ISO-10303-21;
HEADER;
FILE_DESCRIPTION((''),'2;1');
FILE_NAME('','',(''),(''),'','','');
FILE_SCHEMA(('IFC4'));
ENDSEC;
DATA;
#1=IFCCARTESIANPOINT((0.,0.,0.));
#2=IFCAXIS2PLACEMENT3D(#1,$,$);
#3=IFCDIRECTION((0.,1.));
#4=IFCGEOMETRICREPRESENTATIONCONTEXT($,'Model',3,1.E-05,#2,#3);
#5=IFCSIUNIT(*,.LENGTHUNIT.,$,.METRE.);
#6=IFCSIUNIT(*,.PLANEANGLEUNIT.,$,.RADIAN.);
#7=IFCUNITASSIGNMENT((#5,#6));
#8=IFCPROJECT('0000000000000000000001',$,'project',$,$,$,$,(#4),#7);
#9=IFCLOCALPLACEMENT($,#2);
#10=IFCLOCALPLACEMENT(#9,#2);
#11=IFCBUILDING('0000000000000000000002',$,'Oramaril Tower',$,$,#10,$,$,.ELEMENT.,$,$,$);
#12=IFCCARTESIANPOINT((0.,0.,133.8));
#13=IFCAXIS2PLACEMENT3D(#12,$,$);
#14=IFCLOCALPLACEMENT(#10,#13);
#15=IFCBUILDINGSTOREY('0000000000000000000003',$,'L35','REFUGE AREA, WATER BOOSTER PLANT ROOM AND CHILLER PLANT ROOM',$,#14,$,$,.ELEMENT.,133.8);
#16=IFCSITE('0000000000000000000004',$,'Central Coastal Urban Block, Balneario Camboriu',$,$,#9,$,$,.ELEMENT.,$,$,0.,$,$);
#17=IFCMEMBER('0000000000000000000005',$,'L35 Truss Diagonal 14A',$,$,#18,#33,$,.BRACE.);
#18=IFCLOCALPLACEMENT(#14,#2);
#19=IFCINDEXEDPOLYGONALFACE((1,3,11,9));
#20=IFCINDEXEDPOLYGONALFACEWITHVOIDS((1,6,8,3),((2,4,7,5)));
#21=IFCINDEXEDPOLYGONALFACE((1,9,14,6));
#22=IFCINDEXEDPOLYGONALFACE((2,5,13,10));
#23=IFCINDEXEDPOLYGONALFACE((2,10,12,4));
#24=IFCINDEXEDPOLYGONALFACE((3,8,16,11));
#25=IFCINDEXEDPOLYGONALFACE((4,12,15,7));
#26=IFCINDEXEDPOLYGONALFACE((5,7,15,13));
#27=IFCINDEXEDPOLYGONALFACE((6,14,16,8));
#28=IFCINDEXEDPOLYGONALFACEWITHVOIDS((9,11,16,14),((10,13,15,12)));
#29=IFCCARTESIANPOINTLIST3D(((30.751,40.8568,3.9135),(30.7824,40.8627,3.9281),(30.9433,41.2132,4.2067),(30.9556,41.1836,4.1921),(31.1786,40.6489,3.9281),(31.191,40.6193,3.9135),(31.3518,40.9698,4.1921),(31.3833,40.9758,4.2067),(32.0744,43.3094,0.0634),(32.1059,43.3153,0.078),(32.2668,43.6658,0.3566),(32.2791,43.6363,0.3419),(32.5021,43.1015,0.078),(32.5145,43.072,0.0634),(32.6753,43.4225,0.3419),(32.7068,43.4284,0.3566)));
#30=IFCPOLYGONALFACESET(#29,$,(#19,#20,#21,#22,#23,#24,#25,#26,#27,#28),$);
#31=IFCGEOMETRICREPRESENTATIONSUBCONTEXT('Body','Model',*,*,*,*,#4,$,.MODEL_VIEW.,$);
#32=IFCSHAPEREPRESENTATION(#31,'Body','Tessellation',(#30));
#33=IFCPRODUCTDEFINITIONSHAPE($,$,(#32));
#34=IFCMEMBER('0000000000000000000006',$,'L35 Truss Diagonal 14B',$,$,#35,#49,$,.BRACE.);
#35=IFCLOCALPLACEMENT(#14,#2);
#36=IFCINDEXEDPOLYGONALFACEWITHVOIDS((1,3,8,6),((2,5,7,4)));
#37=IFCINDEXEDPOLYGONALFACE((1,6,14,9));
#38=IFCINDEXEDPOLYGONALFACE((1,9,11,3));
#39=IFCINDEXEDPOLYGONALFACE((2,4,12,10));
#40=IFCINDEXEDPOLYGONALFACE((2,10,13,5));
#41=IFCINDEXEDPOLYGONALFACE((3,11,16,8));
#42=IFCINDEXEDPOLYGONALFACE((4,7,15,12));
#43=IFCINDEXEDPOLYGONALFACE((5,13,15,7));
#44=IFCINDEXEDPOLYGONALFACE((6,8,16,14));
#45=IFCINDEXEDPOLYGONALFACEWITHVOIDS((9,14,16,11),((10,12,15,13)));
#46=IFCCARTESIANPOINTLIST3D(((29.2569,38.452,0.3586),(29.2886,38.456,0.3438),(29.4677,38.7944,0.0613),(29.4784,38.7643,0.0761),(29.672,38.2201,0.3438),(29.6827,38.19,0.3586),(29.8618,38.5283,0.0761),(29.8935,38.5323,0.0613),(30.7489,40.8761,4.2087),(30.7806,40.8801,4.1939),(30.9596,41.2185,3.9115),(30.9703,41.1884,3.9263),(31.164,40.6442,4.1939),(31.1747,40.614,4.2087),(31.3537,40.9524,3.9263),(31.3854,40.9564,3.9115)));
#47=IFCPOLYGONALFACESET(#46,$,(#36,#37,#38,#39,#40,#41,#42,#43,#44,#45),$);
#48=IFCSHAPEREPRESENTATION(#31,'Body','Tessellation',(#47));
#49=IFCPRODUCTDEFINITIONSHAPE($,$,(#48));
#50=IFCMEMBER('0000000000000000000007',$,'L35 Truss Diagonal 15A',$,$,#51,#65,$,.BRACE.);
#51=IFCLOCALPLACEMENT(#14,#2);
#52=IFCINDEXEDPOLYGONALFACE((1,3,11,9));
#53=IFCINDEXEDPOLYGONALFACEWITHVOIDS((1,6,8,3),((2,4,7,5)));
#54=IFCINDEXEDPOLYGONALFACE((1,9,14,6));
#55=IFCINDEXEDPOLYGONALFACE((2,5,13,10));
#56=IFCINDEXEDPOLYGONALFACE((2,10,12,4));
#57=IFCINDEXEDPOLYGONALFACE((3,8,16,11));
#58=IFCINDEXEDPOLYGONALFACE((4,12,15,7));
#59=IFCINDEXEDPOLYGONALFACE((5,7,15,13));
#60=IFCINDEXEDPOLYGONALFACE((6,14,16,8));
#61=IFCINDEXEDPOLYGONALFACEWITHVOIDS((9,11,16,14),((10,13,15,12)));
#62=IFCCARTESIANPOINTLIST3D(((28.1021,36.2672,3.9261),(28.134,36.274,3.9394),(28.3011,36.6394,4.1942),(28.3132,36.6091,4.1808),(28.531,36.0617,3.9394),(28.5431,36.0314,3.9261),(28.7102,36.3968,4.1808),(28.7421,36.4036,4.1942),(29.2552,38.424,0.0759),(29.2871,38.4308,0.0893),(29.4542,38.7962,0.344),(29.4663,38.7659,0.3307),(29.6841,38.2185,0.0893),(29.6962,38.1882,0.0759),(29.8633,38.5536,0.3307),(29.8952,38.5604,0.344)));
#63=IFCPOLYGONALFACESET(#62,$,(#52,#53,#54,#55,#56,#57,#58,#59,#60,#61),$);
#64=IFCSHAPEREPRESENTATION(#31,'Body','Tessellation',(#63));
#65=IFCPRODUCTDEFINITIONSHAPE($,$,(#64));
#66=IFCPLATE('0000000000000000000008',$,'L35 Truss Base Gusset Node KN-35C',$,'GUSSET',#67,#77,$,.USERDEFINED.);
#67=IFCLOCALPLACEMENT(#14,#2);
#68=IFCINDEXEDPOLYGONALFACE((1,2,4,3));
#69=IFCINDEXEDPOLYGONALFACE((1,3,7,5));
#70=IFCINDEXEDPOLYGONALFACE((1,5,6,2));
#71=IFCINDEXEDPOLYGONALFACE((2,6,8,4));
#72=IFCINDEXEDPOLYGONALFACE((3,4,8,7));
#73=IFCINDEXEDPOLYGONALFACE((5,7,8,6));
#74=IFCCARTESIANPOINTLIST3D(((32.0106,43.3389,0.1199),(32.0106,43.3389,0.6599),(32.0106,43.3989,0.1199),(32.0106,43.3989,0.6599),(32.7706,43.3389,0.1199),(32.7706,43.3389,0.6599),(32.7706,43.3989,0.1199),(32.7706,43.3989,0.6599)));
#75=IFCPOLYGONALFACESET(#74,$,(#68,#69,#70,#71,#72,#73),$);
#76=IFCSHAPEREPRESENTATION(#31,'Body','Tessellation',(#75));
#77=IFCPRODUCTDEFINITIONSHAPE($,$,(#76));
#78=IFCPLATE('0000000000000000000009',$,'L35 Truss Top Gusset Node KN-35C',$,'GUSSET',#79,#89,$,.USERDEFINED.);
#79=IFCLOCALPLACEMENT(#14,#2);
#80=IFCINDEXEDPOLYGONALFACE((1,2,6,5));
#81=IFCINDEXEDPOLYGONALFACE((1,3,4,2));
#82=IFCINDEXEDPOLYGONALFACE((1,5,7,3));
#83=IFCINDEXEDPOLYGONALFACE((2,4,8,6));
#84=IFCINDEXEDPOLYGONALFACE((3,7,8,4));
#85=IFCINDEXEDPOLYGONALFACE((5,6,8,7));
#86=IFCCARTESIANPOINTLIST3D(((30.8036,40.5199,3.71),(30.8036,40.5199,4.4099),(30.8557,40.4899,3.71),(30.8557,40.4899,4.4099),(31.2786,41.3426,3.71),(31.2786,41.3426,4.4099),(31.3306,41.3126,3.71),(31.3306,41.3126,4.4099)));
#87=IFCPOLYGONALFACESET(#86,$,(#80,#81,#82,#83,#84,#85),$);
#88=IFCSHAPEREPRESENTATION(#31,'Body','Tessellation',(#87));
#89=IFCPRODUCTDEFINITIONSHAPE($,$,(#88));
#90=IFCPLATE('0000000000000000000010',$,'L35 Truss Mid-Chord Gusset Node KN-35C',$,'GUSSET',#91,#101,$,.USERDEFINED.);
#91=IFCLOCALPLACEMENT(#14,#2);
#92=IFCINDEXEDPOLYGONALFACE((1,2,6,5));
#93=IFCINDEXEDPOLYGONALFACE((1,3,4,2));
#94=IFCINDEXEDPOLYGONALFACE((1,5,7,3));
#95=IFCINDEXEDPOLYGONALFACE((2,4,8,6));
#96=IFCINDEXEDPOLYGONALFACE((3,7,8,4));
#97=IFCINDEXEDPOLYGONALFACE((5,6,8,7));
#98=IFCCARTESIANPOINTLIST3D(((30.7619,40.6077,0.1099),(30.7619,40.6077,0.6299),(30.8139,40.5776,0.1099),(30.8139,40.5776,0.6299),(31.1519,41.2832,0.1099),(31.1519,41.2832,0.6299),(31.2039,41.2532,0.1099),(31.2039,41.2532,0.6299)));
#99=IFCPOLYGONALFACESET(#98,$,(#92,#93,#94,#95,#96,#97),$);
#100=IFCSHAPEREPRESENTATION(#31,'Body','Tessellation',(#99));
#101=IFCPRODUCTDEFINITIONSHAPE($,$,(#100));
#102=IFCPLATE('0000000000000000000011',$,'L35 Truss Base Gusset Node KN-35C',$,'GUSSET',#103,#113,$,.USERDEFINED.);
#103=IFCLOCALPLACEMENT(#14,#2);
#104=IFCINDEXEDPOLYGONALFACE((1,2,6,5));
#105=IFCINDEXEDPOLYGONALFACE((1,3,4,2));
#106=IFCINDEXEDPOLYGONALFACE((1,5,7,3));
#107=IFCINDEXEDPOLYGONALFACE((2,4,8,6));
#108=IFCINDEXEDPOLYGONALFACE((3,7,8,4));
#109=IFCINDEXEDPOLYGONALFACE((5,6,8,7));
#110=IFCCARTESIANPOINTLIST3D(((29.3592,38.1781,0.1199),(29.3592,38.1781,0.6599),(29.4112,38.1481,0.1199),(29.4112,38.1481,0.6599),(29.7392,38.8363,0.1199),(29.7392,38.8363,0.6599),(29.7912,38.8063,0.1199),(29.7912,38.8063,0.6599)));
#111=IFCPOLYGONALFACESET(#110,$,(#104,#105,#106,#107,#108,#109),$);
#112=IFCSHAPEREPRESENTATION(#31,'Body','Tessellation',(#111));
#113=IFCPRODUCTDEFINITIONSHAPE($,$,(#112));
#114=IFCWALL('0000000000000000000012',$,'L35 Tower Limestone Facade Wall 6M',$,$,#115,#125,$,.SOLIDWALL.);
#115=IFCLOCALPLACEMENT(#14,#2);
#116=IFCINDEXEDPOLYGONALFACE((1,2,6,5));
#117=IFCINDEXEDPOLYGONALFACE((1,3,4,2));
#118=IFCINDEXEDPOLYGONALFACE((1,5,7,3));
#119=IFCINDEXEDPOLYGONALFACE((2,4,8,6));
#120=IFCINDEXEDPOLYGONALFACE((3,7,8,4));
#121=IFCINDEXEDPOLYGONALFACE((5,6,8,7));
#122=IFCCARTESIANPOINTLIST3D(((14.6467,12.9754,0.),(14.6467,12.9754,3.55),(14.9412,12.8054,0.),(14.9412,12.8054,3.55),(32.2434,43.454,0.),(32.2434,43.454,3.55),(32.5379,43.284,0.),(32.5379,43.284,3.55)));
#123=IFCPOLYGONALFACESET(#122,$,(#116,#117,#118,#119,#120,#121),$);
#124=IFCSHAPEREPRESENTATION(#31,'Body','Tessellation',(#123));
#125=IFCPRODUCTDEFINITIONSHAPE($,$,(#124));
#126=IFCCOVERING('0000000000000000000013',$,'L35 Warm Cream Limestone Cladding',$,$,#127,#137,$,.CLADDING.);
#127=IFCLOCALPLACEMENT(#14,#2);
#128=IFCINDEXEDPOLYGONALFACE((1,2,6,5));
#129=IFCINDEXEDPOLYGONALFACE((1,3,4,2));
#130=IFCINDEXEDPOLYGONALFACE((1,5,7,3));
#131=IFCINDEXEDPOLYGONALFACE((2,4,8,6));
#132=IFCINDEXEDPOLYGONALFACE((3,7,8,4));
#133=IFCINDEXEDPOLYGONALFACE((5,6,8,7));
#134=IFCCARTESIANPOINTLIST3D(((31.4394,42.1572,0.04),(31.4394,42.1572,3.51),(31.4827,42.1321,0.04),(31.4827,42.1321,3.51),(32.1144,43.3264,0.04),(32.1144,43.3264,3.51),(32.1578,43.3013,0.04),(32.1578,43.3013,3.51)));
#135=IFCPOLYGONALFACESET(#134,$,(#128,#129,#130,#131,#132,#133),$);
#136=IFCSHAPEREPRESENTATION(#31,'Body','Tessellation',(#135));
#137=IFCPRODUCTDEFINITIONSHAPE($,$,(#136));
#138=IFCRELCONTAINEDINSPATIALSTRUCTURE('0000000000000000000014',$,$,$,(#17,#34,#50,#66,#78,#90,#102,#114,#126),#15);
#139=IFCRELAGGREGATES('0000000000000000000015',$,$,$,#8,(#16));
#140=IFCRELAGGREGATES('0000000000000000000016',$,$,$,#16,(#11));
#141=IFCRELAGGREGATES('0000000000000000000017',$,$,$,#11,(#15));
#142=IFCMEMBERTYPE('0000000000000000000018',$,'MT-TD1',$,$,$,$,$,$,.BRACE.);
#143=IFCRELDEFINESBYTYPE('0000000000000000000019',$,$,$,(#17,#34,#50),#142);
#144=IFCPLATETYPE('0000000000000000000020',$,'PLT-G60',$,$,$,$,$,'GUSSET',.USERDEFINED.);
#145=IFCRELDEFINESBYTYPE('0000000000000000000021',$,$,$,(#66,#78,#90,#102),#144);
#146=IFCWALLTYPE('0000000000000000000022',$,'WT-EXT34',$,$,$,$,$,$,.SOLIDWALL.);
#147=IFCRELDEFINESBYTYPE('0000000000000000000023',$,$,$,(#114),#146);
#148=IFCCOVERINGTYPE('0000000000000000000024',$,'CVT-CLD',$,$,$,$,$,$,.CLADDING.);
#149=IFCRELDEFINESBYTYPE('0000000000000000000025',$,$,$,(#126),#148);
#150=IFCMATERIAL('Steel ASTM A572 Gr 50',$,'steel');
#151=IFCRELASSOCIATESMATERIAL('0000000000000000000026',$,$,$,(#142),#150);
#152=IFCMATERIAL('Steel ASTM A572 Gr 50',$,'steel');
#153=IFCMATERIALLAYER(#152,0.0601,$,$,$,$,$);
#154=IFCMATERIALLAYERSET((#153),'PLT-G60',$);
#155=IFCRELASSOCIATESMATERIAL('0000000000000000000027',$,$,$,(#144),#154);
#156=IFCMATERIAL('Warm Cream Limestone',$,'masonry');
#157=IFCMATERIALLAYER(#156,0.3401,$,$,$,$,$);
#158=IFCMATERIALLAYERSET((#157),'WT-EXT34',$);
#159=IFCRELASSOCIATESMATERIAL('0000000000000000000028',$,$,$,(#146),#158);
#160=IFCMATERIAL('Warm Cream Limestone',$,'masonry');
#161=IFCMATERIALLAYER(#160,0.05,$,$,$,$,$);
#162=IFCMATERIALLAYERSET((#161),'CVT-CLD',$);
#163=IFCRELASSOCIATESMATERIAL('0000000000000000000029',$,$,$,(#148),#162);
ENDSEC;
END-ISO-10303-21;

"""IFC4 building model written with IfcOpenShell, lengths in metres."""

from ifc_helpers import new_model, si_unit, direction, frame, frame_2d, origin, origin_2d, place, context, subcontext, project, spatial, rectangle, hollow_rectangle, extrude, material, layer, layer_set, material_profile, profile_set, type_object, element, save


model = new_model("IFC4")

# Units and contexts
model_context = context("Model", 3, precision=1e-05, world=origin(), true_north=direction((0.0, 1.0)))
body_context = subcontext(model_context, "Body", "Model", "MODEL_VIEW")
ifc_project = project(units=[si_unit("LENGTHUNIT", "METRE"), si_unit("PLANEANGLEUNIT", "RADIAN")], contexts=[model_context])

# Site, building, storey
site_placement = place(None, origin())
site = spatial("IfcSite", under=ifc_project, at=site_placement, Name="Central Coastal Urban Block, Balneario Camboriu", CompositionType="ELEMENT", RefElevation=0.0)
building_placement = place(site_placement, origin())
building = spatial("IfcBuilding", under=site, at=building_placement, Name="Oramaril Tower", CompositionType="ELEMENT")
storey_placement = place(building_placement, frame((0.0, 0.0, 133.8)))
storey = spatial("IfcBuildingStorey", under=building, at=storey_placement, Name="L35", Description="REFUGE AREA, WATER BOOSTER PLANT ROOM AND CHILLER PLANT ROOM", CompositionType="ELEMENT", Elevation=133.8)

# Members
ifc_material_1 = material(Name="Steel ASTM A572 Gr 50", Category="steel")
ifc_material_profile_1 = material_profile(ifc_material_1, hollow_rectangle(XDim=0.5, YDim=0.5, WallThickness=0.0249, at=origin_2d()), Name="HSS500X500X25")
ifc_profile_set_1 = profile_set([ifc_material_profile_1], Name="Steel ASTM A572 Gr 50")
member_type_1 = type_object("IfcMemberType", Name="MT-TD1", PredefinedType="BRACE", material=ifc_profile_set_1)
member_1_placement = place(storey_placement, frame((32.3906, 43.3689, 0.21), z_axis=(-0.278457, -0.516027, 0.810048), x_axis=(0.880046, -0.474888, 0.0)))
element("IfcMember", 1, at=member_1_placement, inside=storey, type_object=member_type_1, Name="L35 Truss Diagonal 14A", PredefinedType="BRACE", context=body_context, shape_type="SweptSolid", body=[
    extrude(hollow_rectangle(XDim=0.5, YDim=0.5, WallThickness=0.0249, at=origin_2d()), origin(), (0.0, 0.0, 1.0), 4.7529),
])
member_2_placement = place(storey_placement, frame((29.5752, 38.4922, 0.21), z_axis=(0.311598, 0.506277, 0.804108), x_axis=(-0.851626, 0.52415, 0.0)))
element("IfcMember", 2, at=member_2_placement, inside=storey, type_object=member_type_1, Name="L35 Truss Diagonal 14B", PredefinedType="BRACE", context=body_context, shape_type="SweptSolid", body=[
    extrude(hollow_rectangle(XDim=0.5, YDim=0.5, WallThickness=0.0249, at=origin_2d()), origin(), (0.0, 0.0, 1.0), 4.7881),
])
member_3_placement = place(storey_placement, frame((29.5752, 38.4922, 0.21), z_axis=(-0.252802, -0.472847, 0.844101), x_axis=(0.881874, -0.471484, 0.0)))
element("IfcMember", 3, at=member_3_placement, inside=storey, type_object=member_type_1, Name="L35 Truss Diagonal 15A", PredefinedType="BRACE", context=body_context, shape_type="SweptSolid", body=[
    extrude(hollow_rectangle(XDim=0.5, YDim=0.5, WallThickness=0.0249, at=origin_2d()), origin(), (0.0, 0.0, 1.0), 4.5613),
])

# Plates
ifc_material_2 = material(Name="Steel ASTM A572 Gr 50", Category="steel")
ifc_layer_1 = layer(ifc_material_2, 0.0601)
ifc_layer_set_1 = layer_set([ifc_layer_1], Name="PLT-G60")
plate_type = type_object("IfcPlateType", Name="PLT-G60", ElementType="GUSSET", PredefinedType="USERDEFINED", material=ifc_layer_set_1)
plate_1_placement = place(storey_placement, frame((32.3906, 43.3689, 0.1199), z_axis=(0.0, 0.0, 1.0), x_axis=(-1.0, 0.0, 0.0)))
element("IfcPlate", 4, at=plate_1_placement, inside=storey, type_object=plate_type, Name="L35 Truss Base Gusset Node KN-35C", ObjectType="GUSSET", PredefinedType="USERDEFINED", context=body_context, shape_type="SweptSolid", body=[
    extrude(rectangle(XDim=0.76, YDim=0.0601, at=origin_2d()), origin(), (0.0, 0.0, 1.0), 0.54),
])
plate_2_placement = place(storey_placement, frame((31.0671, 40.9163, 3.71), z_axis=(0.0, 0.0, 1.0), x_axis=(-0.500008, -0.866021, 0.0)))
element("IfcPlate", 5, at=plate_2_placement, inside=storey, type_object=plate_type, Name="L35 Truss Top Gusset Node KN-35C", ObjectType="GUSSET", PredefinedType="USERDEFINED", context=body_context, shape_type="SweptSolid", body=[
    extrude(rectangle(XDim=0.95, YDim=0.0601, at=origin_2d()), origin(), (0.0, 0.0, 1.0), 0.7),
])
plate_3_placement = place(storey_placement, frame((30.9829, 40.9304, 0.1099), z_axis=(0.0, 0.0, 1.0), x_axis=(-0.500008, -0.866021, 0.0)))
element("IfcPlate", 6, at=plate_3_placement, inside=storey, type_object=plate_type, Name="L35 Truss Mid-Chord Gusset Node KN-35C", ObjectType="GUSSET", PredefinedType="USERDEFINED", context=body_context, shape_type="SweptSolid", body=[
    extrude(rectangle(XDim=0.78, YDim=0.0601, at=origin_2d()), origin(), (0.0, 0.0, 1.0), 0.52),
])
plate_4_placement = place(storey_placement, frame((29.5752, 38.4922, 0.1199), z_axis=(0.0, 0.0, 1.0), x_axis=(-0.500008, -0.866021, 0.0)))
element("IfcPlate", 7, at=plate_4_placement, inside=storey, type_object=plate_type, Name="L35 Truss Base Gusset Node KN-35C", ObjectType="GUSSET", PredefinedType="USERDEFINED", context=body_context, shape_type="SweptSolid", body=[
    extrude(rectangle(XDim=0.76, YDim=0.0601, at=origin_2d()), origin(), (0.0, 0.0, 1.0), 0.54),
])

# Wall
ifc_material_3 = material(Name="Warm Cream Limestone", Category="masonry")
ifc_layer_2 = layer(ifc_material_3, 0.3401)
ifc_layer_set_2 = layer_set([ifc_layer_2], Name="WT-EXT34")
wall_type = type_object("IfcWallType", Name="WT-EXT34", PredefinedType="SOLIDWALL", material=ifc_layer_set_2)
wall_placement = place(storey_placement, frame((32.3906, 43.3689, 0.0), z_axis=(0.0, 0.0, 1.0), x_axis=(-0.499998, -0.866027, 0.0)))
element("IfcWall", 8, at=wall_placement, inside=storey, type_object=wall_type, Name="L35 Tower Limestone Facade Wall 6M", PredefinedType="SOLIDWALL", context=body_context, shape_type="SweptSolid", body=[
    extrude(rectangle(XDim=35.1936, YDim=0.3401, at=frame_2d((17.5967, 0.0))), origin(), (0.0, 0.0, 1.0), 3.55),
])

# Covering
ifc_material_4 = material(Name="Warm Cream Limestone", Category="masonry")
ifc_layer_3 = layer(ifc_material_4, 0.05)
ifc_layer_set_3 = layer_set([ifc_layer_3], Name="CVT-CLD")
covering_type = type_object("IfcCoveringType", Name="CVT-CLD", PredefinedType="CLADDING", material=ifc_layer_set_3)
covering_placement = place(storey_placement, frame((31.7986, 42.7292, 0.04), z_axis=(0.0, 0.0, 1.0), x_axis=(-0.500002, -0.866025, 0.0)))
element("IfcCovering", 9, at=covering_placement, inside=storey, type_object=covering_type, Name="L35 Warm Cream Limestone Cladding", PredefinedType="CLADDING", context=body_context, shape_type="SweptSolid", body=[
    extrude(rectangle(XDim=1.3501, YDim=0.05, at=origin_2d()), origin(), (0.0, 0.0, 1.0), 3.47),
])

save(model, "model.ifc")
